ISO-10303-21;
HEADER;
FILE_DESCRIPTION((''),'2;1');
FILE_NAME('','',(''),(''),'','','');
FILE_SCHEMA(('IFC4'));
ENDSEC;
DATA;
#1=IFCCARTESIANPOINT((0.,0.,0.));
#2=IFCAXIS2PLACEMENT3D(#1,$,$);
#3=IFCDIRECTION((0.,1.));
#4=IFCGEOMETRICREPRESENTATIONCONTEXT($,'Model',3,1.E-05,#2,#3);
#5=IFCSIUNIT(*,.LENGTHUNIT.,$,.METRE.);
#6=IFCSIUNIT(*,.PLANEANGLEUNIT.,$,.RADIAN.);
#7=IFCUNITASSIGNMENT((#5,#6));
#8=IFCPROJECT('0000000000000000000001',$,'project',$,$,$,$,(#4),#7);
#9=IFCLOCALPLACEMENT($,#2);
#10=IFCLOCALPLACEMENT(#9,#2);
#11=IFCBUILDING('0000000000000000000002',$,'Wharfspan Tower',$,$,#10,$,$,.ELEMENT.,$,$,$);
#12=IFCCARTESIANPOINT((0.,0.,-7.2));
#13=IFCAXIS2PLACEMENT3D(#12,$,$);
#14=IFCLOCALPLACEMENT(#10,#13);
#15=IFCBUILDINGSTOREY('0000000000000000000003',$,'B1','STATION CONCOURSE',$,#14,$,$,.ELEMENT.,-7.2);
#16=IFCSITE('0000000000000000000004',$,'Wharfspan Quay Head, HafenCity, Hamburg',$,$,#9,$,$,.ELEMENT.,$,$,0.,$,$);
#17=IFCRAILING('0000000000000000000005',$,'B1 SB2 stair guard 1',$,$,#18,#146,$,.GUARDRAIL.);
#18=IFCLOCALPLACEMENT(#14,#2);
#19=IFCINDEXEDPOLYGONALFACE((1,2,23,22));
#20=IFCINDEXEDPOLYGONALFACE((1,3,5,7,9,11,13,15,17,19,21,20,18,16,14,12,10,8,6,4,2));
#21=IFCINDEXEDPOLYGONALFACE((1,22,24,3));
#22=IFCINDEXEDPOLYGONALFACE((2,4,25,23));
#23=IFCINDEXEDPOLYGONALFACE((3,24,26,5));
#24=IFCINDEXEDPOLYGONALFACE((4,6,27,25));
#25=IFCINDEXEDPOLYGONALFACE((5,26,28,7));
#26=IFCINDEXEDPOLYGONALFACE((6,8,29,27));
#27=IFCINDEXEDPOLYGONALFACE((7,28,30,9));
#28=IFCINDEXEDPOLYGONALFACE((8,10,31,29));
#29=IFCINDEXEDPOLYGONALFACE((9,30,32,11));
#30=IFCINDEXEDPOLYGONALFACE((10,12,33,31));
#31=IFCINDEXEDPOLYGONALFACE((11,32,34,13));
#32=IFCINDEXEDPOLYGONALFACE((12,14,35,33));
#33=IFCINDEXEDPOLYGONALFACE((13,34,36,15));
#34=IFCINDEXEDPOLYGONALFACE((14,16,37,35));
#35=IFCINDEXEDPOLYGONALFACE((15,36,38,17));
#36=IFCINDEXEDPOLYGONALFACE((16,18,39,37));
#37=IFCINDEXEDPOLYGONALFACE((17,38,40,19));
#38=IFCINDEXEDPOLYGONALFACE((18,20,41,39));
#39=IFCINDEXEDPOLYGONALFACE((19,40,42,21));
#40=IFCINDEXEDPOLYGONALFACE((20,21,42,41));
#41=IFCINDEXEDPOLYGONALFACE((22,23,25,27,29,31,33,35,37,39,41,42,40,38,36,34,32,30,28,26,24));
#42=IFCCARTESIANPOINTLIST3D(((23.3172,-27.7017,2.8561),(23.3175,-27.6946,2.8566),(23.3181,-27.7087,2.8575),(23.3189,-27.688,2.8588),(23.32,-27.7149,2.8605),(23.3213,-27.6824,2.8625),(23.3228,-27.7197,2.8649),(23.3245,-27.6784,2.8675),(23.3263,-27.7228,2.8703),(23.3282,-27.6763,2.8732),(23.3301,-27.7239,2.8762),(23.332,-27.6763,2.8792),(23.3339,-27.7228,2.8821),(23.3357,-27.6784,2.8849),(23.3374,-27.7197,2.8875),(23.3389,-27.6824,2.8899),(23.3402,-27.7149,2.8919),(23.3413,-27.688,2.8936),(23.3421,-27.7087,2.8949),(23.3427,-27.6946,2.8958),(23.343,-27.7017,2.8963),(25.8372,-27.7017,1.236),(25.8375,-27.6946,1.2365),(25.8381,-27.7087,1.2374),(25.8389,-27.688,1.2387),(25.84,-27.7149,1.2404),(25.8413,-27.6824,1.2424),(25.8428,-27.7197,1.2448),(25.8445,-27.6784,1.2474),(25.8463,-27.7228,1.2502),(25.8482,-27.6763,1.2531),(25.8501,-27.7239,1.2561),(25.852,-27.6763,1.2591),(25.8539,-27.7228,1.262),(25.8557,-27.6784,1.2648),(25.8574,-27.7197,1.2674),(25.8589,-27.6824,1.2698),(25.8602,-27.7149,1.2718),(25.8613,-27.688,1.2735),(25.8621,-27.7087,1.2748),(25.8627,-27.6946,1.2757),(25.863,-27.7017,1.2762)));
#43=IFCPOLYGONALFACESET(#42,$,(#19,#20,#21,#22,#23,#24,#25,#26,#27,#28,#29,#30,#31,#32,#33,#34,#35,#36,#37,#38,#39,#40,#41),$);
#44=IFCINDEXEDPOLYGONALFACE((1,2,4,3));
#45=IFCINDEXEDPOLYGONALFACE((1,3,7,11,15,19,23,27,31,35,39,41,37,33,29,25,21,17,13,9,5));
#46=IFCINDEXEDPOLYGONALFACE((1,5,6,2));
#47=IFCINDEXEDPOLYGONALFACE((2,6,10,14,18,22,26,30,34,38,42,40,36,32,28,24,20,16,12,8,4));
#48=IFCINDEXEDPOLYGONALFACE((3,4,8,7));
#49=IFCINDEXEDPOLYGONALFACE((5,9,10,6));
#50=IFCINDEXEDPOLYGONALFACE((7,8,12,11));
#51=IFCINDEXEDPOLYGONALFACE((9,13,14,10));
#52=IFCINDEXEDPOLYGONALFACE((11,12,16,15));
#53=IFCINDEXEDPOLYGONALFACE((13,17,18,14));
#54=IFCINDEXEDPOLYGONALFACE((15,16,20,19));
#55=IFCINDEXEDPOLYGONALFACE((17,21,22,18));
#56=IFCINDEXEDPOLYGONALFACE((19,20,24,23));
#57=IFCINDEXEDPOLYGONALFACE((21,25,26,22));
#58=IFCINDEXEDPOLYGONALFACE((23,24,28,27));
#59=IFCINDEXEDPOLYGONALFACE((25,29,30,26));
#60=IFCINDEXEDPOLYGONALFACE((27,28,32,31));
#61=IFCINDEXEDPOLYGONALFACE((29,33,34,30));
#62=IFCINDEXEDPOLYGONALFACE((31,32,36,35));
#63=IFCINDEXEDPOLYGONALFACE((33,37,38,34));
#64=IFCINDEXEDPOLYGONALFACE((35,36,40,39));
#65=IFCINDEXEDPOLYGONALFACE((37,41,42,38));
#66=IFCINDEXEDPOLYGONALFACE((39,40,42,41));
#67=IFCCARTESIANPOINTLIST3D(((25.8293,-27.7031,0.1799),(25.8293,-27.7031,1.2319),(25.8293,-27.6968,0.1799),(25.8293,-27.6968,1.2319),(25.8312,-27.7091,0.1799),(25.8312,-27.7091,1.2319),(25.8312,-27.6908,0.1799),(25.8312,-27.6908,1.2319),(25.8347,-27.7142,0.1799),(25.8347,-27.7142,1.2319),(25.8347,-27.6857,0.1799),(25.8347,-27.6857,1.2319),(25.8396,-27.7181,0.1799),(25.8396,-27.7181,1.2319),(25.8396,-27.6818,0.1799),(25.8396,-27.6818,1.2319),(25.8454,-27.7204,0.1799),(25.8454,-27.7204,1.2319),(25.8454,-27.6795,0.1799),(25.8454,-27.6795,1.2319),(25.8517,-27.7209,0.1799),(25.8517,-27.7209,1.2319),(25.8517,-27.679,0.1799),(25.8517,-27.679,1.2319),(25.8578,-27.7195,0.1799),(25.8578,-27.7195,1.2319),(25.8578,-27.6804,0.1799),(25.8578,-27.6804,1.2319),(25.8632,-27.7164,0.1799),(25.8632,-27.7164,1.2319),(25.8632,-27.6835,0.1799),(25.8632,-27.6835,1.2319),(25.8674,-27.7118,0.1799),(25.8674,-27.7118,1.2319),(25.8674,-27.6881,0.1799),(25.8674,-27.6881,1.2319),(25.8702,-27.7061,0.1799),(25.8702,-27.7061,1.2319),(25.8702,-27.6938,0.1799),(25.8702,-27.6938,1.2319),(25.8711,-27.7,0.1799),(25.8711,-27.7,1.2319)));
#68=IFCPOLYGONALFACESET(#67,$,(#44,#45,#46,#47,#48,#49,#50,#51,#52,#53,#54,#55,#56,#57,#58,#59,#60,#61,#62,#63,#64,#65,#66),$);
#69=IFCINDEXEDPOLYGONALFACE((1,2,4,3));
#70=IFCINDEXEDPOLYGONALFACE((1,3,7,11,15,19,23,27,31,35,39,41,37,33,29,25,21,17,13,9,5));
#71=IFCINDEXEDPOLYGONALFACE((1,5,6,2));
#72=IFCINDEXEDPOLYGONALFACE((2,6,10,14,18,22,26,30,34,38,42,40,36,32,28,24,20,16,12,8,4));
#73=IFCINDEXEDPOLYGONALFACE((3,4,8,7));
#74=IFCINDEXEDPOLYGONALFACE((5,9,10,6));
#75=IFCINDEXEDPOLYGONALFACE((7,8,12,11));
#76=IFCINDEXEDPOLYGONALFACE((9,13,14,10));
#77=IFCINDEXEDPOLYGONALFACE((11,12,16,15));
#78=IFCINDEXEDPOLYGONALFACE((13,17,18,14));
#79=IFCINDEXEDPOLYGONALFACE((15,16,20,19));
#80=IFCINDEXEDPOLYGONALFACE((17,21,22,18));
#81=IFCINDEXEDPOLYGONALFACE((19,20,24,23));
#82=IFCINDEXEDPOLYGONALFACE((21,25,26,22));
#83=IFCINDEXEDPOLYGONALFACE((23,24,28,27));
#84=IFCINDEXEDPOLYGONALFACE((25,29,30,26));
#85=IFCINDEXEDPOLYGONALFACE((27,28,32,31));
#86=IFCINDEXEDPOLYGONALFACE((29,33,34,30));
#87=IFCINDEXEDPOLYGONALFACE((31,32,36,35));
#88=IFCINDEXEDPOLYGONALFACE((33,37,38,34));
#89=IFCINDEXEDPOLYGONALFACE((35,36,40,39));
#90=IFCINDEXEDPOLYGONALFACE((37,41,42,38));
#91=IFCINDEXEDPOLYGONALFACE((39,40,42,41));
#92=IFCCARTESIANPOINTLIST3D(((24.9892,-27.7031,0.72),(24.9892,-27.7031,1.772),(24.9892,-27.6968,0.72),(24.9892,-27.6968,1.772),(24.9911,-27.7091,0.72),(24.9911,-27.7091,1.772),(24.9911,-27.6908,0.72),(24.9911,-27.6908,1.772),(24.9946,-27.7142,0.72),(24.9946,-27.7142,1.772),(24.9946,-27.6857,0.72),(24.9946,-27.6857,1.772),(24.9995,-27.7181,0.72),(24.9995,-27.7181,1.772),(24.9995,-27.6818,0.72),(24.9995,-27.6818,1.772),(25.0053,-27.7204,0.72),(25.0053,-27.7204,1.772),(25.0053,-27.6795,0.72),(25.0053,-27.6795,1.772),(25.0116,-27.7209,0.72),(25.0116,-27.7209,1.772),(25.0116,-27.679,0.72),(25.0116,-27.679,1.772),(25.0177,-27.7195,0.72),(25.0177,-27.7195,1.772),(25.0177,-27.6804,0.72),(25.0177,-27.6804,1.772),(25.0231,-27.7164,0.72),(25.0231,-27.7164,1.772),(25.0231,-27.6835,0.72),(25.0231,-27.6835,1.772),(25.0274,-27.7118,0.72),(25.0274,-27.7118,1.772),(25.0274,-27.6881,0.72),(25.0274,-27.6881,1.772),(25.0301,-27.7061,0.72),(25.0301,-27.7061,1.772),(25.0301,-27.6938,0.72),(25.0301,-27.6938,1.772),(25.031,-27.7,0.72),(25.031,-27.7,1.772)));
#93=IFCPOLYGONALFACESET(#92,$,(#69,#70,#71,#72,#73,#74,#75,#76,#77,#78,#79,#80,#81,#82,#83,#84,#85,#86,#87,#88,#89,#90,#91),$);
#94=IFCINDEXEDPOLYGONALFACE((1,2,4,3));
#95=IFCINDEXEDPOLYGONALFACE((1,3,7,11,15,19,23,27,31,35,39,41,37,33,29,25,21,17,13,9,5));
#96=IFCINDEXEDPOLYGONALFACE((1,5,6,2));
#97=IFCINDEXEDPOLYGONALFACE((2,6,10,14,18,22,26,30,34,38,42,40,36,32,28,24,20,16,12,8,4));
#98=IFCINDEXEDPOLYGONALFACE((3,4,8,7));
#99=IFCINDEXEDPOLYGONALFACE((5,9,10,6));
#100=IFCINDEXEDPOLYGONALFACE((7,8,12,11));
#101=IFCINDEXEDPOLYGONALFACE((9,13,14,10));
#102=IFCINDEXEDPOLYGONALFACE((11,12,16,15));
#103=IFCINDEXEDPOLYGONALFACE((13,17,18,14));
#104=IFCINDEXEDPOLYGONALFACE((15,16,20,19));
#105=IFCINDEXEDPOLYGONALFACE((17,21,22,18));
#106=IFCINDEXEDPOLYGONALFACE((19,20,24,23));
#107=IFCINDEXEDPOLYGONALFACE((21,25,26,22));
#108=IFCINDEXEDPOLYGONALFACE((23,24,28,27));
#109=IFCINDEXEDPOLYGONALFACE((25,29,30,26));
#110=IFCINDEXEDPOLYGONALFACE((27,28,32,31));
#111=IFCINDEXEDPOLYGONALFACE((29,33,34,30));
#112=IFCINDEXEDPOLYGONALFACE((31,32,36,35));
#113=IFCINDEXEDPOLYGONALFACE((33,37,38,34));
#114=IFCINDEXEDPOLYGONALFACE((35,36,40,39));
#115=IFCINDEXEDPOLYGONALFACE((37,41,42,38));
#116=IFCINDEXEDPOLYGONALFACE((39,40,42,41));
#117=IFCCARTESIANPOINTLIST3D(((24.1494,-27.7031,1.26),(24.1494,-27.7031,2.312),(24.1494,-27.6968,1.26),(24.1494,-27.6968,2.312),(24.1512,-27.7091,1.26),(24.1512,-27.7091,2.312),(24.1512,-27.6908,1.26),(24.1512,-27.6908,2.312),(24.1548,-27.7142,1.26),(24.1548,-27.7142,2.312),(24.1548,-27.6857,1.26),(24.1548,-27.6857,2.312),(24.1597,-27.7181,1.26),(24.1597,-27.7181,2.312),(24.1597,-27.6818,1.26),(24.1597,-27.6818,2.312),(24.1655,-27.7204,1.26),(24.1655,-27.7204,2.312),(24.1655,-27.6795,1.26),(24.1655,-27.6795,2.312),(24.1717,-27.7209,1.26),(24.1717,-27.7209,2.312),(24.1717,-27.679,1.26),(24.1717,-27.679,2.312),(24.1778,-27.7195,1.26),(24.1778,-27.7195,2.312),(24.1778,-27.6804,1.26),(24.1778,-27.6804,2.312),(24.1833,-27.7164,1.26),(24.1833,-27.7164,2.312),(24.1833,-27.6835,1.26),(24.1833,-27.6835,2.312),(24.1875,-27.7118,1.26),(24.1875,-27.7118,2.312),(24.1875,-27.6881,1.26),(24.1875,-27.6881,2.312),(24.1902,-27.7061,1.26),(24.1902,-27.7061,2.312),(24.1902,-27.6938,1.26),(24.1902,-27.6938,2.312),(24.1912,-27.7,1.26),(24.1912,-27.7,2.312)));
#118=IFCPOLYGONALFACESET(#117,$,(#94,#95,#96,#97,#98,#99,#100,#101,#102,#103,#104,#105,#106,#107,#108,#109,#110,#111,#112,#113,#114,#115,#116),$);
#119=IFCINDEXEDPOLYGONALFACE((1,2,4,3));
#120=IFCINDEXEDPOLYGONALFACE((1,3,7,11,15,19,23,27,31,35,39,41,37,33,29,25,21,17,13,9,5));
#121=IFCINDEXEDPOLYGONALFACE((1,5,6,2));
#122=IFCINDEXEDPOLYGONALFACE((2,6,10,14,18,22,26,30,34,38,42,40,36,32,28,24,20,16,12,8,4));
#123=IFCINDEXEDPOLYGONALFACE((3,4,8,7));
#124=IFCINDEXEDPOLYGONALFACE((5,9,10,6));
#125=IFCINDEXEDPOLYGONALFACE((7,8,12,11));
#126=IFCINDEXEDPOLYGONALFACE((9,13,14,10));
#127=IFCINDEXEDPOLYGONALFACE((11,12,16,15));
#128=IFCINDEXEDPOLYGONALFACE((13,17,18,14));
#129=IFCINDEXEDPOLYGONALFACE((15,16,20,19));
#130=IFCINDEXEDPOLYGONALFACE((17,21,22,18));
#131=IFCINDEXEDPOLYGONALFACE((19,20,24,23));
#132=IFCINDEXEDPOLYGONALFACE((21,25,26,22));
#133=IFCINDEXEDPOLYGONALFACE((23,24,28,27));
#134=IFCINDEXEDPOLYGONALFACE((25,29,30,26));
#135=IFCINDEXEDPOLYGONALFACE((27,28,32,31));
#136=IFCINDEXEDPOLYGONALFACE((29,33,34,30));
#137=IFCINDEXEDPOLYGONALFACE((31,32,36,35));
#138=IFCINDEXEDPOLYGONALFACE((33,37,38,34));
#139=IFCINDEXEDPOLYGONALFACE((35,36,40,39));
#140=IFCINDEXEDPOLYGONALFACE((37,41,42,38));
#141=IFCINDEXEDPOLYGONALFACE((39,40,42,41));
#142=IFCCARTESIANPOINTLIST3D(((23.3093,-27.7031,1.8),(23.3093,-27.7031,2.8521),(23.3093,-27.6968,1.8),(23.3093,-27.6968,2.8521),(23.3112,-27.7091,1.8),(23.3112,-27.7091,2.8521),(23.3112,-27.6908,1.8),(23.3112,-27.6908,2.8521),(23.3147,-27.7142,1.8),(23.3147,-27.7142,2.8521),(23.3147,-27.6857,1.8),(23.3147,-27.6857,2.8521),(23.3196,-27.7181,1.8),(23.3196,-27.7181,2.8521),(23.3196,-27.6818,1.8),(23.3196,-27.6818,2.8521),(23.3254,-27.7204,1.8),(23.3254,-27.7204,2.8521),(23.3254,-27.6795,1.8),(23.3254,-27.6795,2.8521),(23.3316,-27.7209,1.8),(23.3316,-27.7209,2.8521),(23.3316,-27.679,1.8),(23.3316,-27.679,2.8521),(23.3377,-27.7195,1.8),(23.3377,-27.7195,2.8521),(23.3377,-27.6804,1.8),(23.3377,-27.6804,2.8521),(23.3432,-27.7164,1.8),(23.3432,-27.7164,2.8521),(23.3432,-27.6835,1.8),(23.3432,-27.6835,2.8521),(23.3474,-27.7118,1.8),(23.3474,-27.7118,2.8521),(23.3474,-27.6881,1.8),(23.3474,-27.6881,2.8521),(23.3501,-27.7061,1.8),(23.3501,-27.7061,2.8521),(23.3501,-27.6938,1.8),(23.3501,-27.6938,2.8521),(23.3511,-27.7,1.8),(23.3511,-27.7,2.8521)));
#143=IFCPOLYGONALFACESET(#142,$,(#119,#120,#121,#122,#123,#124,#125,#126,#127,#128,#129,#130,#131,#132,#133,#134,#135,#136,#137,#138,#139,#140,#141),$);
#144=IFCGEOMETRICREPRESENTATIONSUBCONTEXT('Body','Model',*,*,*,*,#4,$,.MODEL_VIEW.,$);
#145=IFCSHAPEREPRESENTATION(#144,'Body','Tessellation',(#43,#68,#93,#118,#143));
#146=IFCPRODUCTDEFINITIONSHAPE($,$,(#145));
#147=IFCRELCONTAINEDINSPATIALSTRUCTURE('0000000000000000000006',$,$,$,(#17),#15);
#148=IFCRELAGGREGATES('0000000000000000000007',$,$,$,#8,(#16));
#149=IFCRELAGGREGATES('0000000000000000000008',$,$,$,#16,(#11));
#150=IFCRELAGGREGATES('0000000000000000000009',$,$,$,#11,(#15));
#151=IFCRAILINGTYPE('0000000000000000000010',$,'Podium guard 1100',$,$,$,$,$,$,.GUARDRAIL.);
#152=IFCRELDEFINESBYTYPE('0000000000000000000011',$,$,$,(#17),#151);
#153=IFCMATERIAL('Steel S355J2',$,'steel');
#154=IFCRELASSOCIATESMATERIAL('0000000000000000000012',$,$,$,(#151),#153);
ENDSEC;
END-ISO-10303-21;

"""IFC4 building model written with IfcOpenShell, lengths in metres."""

from ifc_helpers import new_model, si_unit, direction, frame, origin, origin_2d, place, context, subcontext, project, spatial, circle, extrude, material, type_object, element, save


model = new_model("IFC4")

# Units and contexts
model_context = context("Model", 3, precision=1e-05, world=origin(), true_north=direction((0.0, 1.0)))
body_context = subcontext(model_context, "Body", "Model", "MODEL_VIEW")
ifc_project = project(units=[si_unit("LENGTHUNIT", "METRE"), si_unit("PLANEANGLEUNIT", "RADIAN")], contexts=[model_context])

# Site, building, storey
site_placement = place(None, origin())
site = spatial("IfcSite", under=ifc_project, at=site_placement, Name="Wharfspan Quay Head, HafenCity, Hamburg", CompositionType="ELEMENT", RefElevation=0.0)
building_placement = place(site_placement, origin())
building = spatial("IfcBuilding", under=site, at=building_placement, Name="Wharfspan Tower", CompositionType="ELEMENT")
storey_placement = place(building_placement, frame((0.0, 0.0, -7.2)))
storey = spatial("IfcBuildingStorey", under=building, at=storey_placement, Name="B1", Description="STATION CONCOURSE", CompositionType="ELEMENT", Elevation=-7.2)

# Railing
ifc_material_1 = material(Name="Steel S355J2", Category="steel")
railing_type_1 = type_object("IfcRailingType", Name="Podium guard 1100", PredefinedType="GUARDRAIL", material=ifc_material_1)
railing_1_placement = place(storey_placement, frame((25.8501, -27.7, 0.1799)))
element("IfcRailing", 1, at=railing_1_placement, inside=storey, type_object=railing_type_1, Name="B1 SB2 stair guard 1", PredefinedType="GUARDRAIL", context=body_context, shape_type="SweptSolid", body=[
    extrude(circle(Radius=0.0239, at=origin_2d()), frame((0.0, 0.0, 1.0762), z_axis=(-0.841163, 0.0, 0.540782), x_axis=(0.0, -1.0, 0.0)), (0.0, 0.0, 1.0), 2.9958),
    extrude(circle(Radius=0.021, at=origin_2d()), origin(), (0.0, 0.0, 1.0), 1.052),
    extrude(circle(Radius=0.021, at=origin_2d()), frame((-0.8401, 0.0, 0.54)), (0.0, 0.0, 1.0), 1.052),
    extrude(circle(Radius=0.021, at=origin_2d()), frame((-1.6799, 0.0, 1.0801)), (0.0, 0.0, 1.0), 1.052),
    extrude(circle(Radius=0.021, at=origin_2d()), frame((-2.52, 0.0, 1.6201)), (0.0, 0.0, 1.0), 1.052),
])

save(model, "model.ifc")
